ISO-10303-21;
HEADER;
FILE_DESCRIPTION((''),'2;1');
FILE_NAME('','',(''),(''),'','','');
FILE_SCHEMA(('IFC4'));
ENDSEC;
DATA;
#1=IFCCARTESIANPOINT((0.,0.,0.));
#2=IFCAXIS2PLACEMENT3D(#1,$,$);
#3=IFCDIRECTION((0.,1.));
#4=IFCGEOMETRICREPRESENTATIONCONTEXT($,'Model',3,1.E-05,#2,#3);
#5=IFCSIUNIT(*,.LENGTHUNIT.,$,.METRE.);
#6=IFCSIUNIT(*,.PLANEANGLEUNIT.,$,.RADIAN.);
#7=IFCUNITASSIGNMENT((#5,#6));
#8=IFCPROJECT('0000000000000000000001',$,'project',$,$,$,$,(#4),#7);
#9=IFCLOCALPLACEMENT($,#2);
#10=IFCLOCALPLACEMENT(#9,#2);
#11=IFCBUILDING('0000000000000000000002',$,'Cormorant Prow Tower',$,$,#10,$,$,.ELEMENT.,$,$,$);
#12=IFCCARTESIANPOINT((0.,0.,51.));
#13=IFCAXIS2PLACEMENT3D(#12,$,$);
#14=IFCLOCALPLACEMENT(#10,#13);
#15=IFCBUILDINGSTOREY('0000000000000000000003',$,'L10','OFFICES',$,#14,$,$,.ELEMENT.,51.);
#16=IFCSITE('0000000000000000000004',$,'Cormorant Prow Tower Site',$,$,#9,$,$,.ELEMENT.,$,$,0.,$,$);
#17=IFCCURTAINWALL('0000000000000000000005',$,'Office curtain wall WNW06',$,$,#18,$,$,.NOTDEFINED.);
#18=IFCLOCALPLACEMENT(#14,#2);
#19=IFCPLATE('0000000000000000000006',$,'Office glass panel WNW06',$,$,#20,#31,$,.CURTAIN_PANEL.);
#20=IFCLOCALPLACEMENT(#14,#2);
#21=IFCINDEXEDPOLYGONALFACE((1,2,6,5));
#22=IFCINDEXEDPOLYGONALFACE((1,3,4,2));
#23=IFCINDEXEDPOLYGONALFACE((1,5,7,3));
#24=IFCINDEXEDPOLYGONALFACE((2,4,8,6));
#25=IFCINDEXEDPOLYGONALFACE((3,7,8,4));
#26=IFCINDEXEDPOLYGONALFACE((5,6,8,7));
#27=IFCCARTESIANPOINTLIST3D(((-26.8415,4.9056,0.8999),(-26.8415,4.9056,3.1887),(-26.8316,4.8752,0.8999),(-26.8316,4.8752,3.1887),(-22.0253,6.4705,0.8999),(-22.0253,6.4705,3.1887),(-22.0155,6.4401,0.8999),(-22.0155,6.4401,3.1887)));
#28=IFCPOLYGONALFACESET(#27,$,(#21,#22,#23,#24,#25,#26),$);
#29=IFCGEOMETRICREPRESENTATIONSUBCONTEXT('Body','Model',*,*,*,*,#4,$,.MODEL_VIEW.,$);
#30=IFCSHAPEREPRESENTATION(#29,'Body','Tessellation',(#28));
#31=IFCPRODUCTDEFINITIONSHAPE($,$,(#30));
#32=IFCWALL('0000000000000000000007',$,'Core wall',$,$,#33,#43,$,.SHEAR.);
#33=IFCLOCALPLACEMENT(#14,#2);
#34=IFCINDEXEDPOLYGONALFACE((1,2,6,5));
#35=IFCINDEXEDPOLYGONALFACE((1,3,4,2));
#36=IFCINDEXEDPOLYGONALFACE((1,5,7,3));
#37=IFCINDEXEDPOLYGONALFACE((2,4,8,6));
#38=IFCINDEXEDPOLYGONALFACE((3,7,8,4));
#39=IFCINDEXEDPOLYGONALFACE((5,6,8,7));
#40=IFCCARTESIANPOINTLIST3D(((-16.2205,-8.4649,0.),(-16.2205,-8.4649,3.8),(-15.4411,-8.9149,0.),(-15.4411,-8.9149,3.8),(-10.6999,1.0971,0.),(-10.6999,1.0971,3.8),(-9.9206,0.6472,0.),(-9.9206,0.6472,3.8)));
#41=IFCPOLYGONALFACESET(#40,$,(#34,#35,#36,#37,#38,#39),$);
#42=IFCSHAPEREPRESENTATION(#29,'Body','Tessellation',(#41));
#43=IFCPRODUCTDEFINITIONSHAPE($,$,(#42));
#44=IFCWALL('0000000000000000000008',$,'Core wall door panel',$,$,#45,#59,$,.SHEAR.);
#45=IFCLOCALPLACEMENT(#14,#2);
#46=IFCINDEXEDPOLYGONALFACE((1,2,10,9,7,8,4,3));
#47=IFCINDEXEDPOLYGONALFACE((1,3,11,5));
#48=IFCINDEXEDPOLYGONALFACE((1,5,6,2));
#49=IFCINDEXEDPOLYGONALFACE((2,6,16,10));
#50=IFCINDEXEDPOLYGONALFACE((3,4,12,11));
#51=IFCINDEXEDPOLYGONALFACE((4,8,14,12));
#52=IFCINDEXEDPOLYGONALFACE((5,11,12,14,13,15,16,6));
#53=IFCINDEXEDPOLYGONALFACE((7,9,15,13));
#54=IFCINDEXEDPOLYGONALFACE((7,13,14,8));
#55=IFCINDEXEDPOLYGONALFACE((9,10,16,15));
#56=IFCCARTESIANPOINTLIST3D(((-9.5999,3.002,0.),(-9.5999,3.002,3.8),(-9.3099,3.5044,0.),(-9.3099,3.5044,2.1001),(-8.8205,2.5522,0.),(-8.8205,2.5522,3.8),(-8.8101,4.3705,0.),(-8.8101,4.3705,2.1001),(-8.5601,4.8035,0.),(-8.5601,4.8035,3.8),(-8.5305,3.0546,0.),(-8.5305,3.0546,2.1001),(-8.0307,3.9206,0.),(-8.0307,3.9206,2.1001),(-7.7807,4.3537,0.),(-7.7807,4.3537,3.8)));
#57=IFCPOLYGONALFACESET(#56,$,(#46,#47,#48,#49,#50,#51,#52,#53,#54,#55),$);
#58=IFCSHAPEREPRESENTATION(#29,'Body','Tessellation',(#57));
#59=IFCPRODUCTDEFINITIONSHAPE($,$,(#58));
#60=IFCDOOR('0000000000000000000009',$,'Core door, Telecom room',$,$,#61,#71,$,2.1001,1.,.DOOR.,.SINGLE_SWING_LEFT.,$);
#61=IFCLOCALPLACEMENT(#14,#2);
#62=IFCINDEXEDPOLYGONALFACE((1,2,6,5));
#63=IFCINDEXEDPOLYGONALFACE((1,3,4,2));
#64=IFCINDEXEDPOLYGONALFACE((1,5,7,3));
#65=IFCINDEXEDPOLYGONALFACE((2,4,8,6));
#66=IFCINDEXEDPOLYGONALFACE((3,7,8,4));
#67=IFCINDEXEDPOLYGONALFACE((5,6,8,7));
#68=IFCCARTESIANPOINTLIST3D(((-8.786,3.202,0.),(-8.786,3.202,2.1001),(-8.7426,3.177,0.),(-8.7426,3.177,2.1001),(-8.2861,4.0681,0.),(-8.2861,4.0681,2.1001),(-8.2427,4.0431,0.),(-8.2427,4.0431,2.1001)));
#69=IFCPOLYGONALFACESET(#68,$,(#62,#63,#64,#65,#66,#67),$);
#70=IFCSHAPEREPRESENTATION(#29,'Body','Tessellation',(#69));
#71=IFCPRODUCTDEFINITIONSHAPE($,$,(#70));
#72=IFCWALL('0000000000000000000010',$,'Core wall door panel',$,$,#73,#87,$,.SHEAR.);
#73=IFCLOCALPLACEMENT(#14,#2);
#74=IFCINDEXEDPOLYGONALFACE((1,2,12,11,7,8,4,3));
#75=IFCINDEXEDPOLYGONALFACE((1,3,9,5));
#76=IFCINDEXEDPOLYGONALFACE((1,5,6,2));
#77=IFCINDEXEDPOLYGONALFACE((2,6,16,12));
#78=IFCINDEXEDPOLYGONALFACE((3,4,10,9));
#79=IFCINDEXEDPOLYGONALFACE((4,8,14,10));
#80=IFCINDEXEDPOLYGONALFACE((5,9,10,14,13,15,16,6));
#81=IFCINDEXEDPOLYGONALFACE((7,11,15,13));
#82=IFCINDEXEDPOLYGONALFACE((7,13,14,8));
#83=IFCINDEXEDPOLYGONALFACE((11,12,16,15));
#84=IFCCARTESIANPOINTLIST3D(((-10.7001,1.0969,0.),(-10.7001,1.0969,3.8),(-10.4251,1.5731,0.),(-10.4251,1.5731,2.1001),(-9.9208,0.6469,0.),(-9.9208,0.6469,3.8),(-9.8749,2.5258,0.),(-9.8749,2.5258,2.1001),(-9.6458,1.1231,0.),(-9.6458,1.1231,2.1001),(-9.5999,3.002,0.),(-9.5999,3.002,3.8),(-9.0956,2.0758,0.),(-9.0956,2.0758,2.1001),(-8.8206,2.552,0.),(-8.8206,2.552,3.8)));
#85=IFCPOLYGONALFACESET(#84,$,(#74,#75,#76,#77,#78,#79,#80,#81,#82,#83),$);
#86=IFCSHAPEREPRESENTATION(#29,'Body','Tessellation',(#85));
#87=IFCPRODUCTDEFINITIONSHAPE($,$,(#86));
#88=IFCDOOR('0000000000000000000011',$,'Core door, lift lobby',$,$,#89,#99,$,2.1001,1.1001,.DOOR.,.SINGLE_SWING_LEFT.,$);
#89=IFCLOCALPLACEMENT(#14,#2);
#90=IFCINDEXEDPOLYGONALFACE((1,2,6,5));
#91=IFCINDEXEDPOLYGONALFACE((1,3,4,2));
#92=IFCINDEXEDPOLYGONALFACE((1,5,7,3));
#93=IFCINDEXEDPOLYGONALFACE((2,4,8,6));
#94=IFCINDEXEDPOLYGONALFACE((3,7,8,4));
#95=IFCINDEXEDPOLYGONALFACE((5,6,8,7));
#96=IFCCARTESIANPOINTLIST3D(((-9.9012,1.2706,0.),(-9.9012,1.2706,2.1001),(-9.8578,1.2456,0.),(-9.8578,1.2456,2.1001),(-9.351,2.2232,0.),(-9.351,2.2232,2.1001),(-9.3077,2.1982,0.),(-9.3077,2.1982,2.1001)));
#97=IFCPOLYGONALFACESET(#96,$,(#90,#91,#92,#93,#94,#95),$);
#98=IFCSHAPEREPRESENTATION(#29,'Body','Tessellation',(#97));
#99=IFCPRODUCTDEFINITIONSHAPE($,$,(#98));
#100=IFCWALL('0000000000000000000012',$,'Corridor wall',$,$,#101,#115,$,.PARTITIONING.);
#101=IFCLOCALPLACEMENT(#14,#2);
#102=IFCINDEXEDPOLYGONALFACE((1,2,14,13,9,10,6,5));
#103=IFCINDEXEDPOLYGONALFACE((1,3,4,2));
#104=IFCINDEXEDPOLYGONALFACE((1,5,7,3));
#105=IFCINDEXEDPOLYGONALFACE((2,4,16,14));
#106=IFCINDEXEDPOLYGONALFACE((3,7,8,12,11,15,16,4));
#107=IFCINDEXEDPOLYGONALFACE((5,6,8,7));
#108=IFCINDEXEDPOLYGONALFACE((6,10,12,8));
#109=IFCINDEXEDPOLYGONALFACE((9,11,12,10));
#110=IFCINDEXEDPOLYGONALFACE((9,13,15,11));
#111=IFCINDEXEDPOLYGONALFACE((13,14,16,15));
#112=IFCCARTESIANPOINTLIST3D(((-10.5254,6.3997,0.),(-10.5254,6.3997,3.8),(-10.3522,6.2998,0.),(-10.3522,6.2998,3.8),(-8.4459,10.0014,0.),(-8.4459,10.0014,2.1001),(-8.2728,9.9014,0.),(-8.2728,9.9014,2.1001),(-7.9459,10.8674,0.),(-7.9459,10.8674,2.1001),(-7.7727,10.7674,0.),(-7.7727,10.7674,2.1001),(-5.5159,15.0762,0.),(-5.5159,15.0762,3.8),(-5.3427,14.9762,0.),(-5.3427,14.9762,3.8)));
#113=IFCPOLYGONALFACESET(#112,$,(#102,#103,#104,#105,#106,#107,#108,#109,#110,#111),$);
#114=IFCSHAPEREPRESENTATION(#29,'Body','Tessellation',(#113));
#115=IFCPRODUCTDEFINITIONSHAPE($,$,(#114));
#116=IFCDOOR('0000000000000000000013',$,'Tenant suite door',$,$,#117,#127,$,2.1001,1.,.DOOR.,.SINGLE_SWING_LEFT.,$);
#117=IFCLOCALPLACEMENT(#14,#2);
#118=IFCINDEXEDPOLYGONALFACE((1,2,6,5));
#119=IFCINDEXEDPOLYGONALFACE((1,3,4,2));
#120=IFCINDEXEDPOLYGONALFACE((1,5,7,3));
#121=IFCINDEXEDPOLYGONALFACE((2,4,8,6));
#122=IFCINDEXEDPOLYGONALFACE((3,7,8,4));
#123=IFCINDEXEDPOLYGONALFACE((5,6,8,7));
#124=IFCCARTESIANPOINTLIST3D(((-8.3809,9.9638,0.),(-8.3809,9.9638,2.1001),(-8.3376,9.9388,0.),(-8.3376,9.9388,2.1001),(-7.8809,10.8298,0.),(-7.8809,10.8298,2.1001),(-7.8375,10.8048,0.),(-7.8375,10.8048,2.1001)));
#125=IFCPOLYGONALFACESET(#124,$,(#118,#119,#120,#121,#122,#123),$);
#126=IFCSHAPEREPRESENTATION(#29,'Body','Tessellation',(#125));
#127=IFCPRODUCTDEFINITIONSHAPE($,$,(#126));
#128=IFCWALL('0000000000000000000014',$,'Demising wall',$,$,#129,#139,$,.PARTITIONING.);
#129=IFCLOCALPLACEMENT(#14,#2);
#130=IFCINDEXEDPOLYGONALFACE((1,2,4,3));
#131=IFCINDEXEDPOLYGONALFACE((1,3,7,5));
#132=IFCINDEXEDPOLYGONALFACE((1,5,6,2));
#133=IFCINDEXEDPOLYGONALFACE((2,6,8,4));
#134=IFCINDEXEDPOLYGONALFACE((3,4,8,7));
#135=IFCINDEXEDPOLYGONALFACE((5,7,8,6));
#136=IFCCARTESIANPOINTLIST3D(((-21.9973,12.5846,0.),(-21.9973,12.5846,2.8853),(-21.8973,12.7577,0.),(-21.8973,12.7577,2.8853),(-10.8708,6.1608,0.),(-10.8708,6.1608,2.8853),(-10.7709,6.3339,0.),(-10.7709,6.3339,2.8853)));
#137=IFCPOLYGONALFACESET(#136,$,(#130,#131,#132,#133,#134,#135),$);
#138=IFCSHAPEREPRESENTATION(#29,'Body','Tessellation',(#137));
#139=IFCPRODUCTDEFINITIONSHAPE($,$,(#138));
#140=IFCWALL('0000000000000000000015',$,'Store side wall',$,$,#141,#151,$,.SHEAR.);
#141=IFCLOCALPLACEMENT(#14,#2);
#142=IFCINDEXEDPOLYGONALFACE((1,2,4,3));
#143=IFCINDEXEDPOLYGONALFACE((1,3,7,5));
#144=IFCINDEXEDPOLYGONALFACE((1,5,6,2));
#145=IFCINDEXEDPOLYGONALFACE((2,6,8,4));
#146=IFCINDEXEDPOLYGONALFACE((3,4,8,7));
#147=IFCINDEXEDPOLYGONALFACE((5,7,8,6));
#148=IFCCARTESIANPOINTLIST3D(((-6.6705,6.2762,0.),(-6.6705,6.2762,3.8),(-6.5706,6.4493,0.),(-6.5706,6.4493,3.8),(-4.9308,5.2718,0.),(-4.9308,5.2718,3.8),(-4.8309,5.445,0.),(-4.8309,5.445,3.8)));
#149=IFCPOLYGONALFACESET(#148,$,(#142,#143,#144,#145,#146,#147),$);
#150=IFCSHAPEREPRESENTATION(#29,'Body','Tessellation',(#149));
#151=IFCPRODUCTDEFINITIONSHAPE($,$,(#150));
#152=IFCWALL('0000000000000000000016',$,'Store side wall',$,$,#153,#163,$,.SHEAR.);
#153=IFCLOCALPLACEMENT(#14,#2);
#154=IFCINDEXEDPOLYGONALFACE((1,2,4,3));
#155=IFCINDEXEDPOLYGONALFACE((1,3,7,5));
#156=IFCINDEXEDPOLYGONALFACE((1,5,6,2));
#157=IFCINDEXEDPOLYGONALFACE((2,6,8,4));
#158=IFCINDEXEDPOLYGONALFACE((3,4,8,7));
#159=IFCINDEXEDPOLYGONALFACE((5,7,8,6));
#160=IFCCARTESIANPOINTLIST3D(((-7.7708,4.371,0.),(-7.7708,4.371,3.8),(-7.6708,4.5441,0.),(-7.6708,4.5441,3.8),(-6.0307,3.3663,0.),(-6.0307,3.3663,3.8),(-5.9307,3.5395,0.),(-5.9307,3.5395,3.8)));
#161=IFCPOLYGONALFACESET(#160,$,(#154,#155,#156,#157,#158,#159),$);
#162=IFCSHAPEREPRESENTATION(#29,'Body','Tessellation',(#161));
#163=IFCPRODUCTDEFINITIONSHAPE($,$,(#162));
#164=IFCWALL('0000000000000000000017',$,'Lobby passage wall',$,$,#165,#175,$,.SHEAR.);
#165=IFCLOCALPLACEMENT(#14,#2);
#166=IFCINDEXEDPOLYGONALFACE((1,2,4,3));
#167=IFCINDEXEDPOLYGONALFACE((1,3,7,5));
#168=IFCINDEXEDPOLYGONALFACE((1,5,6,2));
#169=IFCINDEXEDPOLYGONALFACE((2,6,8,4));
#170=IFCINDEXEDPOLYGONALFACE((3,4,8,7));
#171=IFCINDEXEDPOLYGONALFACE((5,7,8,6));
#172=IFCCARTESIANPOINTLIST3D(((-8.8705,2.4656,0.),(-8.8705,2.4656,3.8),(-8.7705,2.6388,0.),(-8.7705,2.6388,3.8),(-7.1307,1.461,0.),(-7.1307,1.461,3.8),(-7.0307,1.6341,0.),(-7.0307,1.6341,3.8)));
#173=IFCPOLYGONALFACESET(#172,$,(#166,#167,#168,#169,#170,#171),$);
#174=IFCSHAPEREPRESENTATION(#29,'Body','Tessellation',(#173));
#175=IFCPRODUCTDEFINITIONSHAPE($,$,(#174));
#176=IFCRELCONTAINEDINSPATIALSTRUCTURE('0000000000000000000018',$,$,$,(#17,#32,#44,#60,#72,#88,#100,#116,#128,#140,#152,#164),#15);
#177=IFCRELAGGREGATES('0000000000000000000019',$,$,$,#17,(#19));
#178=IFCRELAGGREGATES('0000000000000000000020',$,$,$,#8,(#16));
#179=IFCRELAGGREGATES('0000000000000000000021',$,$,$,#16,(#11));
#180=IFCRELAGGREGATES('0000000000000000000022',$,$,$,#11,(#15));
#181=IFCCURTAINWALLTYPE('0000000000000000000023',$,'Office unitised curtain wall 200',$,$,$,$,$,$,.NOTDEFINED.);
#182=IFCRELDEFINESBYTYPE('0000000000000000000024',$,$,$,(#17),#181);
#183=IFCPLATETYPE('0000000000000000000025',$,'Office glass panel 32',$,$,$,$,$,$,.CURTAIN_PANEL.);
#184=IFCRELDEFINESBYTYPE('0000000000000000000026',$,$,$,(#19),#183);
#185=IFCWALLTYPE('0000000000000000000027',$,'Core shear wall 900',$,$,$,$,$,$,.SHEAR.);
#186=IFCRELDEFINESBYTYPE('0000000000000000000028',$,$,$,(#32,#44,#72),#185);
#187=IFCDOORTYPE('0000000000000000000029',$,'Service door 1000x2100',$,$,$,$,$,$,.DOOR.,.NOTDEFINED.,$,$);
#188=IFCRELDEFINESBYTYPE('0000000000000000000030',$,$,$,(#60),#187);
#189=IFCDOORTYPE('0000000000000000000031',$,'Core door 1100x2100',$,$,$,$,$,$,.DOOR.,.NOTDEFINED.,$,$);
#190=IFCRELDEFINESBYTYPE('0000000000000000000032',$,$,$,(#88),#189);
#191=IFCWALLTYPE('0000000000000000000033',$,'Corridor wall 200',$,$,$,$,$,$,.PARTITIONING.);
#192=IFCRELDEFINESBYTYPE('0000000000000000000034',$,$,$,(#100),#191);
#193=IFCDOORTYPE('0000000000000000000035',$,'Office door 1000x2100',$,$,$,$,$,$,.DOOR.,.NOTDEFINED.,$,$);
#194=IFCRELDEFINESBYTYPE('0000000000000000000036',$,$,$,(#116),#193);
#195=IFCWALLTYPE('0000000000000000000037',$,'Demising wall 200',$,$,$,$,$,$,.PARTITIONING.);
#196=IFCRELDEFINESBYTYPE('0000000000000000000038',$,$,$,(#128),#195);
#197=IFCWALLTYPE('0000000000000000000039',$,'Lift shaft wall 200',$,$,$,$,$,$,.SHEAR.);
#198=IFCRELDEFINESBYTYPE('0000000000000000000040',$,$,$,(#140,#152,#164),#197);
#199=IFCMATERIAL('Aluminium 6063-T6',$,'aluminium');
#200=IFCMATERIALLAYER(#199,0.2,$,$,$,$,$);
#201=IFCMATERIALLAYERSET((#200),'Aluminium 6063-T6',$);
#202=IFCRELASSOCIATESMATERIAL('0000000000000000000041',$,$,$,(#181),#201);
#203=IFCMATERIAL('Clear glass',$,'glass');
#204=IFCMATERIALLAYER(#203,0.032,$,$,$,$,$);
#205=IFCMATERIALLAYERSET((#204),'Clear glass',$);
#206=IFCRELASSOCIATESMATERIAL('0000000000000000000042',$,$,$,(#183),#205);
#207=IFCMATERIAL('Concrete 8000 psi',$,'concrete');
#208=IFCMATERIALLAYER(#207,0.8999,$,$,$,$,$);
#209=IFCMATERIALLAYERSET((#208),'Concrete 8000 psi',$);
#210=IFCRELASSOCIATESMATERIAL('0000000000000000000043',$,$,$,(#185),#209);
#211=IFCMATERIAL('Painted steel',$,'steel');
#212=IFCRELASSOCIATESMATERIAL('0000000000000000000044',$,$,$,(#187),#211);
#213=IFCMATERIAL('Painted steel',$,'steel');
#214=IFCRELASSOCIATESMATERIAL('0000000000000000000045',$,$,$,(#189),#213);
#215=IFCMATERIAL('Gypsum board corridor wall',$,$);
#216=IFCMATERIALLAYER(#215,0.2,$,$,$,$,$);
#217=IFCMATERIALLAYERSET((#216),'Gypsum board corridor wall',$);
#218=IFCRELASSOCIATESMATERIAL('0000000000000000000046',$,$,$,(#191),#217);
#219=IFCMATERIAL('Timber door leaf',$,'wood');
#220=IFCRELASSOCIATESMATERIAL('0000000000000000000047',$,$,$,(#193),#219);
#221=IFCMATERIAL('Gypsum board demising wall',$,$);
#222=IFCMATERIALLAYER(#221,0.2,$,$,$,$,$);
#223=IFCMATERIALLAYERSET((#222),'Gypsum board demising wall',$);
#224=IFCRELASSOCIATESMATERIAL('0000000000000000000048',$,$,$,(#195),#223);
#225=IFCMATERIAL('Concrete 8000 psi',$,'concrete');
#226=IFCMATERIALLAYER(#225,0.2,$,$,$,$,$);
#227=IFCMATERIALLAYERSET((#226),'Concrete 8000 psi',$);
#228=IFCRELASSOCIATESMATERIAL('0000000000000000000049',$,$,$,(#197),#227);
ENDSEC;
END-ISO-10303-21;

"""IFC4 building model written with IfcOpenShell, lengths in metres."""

from ifc_helpers import new_model, si_unit, direction, frame, frame_2d, origin, origin_2d, place, context, subcontext, project, spatial, rectangle, extrude, material, layer, layer_set, type_object, element, fill, aggregate, save


model = new_model("IFC4")

# Units and contexts
model_context = context("Model", 3, precision=1e-05, world=origin(), true_north=direction((0.0, 1.0)))
body_context = subcontext(model_context, "Body", "Model", "MODEL_VIEW")
ifc_project = project(units=[si_unit("LENGTHUNIT", "METRE"), si_unit("PLANEANGLEUNIT", "RADIAN")], contexts=[model_context])

# Site, building, storey
site_placement = place(None, origin())
site = spatial("IfcSite", under=ifc_project, at=site_placement, Name="Cormorant Prow Tower Site", CompositionType="ELEMENT", RefElevation=0.0)
building_placement = place(site_placement, origin())
building = spatial("IfcBuilding", under=site, at=building_placement, Name="Cormorant Prow Tower", CompositionType="ELEMENT")
storey_placement = place(building_placement, frame((0.0, 0.0, 51.0)))
storey = spatial("IfcBuildingStorey", under=building, at=storey_placement, Name="L10", Description="OFFICES", CompositionType="ELEMENT", Elevation=51.0)

# Curtain wall
ifc_material_1 = material(Name="Aluminium 6063-T6", Category="aluminium")
ifc_layer_1 = layer(ifc_material_1, 0.2)
ifc_layer_set_1 = layer_set([ifc_layer_1], Name="Aluminium 6063-T6")
curtain_wall_type = type_object("IfcCurtainWallType", Name="Office unitised curtain wall 200", PredefinedType="NOTDEFINED", material=ifc_layer_set_1)
curtain_wall_placement = place(storey_placement, origin())
curtain_wall = element("IfcCurtainWall", 1, at=curtain_wall_placement, inside=storey, type_object=curtain_wall_type, Name="Office curtain wall WNW06", PredefinedType="NOTDEFINED")

# Plate
ifc_material_2 = material(Name="Clear glass", Category="glass")
ifc_layer_2 = layer(ifc_material_2, 0.032)
ifc_layer_set_2 = layer_set([ifc_layer_2], Name="Clear glass")
plate_type = type_object("IfcPlateType", Name="Office glass panel 32", PredefinedType="CURTAIN_PANEL", material=ifc_layer_set_2)
plate_placement = place(storey_placement, frame((-24.4285, 5.6729, 0.8999), z_axis=(0.0, 0.0, 1.0), x_axis=(-0.951057, -0.309017, 0.0)))
plate = element("IfcPlate", 2, at=plate_placement, type_object=plate_type, Name="Office glass panel WNW06", PredefinedType="CURTAIN_PANEL", context=body_context, shape_type="SweptSolid", body=[
    extrude(rectangle(XDim=5.064, YDim=0.032, at=origin_2d()), origin(), (0.0, 0.0, 1.0), 2.2888),
])
aggregate(curtain_wall, [plate])

# Wall
ifc_material_3 = material(Name="Concrete 8000 psi", Category="concrete")
ifc_layer_3 = layer(ifc_material_3, 0.8999)
ifc_layer_set_3 = layer_set([ifc_layer_3], Name="Concrete 8000 psi")
wall_type_1 = type_object("IfcWallType", Name="Core shear wall 900", PredefinedType="SHEAR", material=ifc_layer_set_3)
wall_1_placement = place(storey_placement, frame((-10.3103, 0.8721, 0.0), z_axis=(0.0, 0.0, 1.0), x_axis=(-0.499992, -0.86603, 0.0)))
element("IfcWall", 3, at=wall_1_placement, inside=storey, type_object=wall_type_1, Name="Core wall", PredefinedType="SHEAR", context=body_context, shape_type="SweptSolid", body=[
    extrude(rectangle(XDim=11.0413, YDim=0.8999, at=frame_2d((5.5205, 0.0))), origin(), (0.0, 0.0, 1.0), 3.8),
])

# Walls, openings, doors
wall_2_placement = place(storey_placement, frame((-8.1704, 4.5786, 0.0), z_axis=(0.0, 0.0, 1.0), x_axis=(-0.499888, -0.86609, 0.0)))
wall_2 = element("IfcWall", 4, at=wall_2_placement, inside=storey, type_object=wall_type_1, Name="Core wall door panel", PredefinedType="SHEAR", context=body_context, shape_type="SweptSolid", body=[
    extrude(rectangle(XDim=2.0801, YDim=0.8999, at=frame_2d((1.04, 0.0))), origin(), (0.0, 0.0, 1.0), 3.8),
])
opening_1_placement = place(wall_2_placement, frame((0.5, 0.0, 0.0)))
opening_1 = element("IfcOpeningElement", 5, at=opening_1_placement, cuts=wall_2, PredefinedType="OPENING", context=body_context, shape_type="SweptSolid", body=[
    extrude(rectangle(XDim=1.0, YDim=2.1001, at=frame_2d((0.5, 1.05))), frame((0.0, 0.46, 0.0), z_axis=(0.0, -1.0, 0.0), x_axis=(1.0, 0.0, 0.0)), (0.0, 0.0, 1.0), 0.9199),
])
ifc_material_4 = material(Name="Painted steel", Category="steel")
door_type_1 = type_object("IfcDoorType", Name="Service door 1000x2100", OperationType="NOTDEFINED", PredefinedType="DOOR", material=ifc_material_4)
door_1_placement = place(opening_1_placement, origin())
door_1 = element("IfcDoor", 6, at=door_1_placement, inside=storey, type_object=door_type_1, Name="Core door, Telecom room", OperationType="SINGLE_SWING_LEFT", OverallHeight=2.1001, OverallWidth=1.0, PredefinedType="DOOR", context=body_context, shape_type="SweptSolid", body=[
    extrude(rectangle(XDim=1.0, YDim=2.1001, at=frame_2d((0.5, 1.05))), frame((0.0, 0.2051, 0.0), z_axis=(0.0, -1.0, 0.0), x_axis=(1.0, 0.0, 0.0)), (0.0, 0.0, 1.0), 0.05),
])
fill(opening_1, door_1)
wall_3_placement = place(storey_placement, frame((-9.2102, 2.7771, 0.0), z_axis=(0.0, 0.0, 1.0), x_axis=(-0.500078, -0.86598, 0.0)))
wall_3 = element("IfcWall", 7, at=wall_3_placement, inside=storey, type_object=wall_type_1, Name="Core wall door panel", PredefinedType="SHEAR", context=body_context, shape_type="SweptSolid", body=[
    extrude(rectangle(XDim=2.2, YDim=0.8999, at=frame_2d((1.1001, 0.0))), origin(), (0.0, 0.0, 1.0), 3.8),
])
opening_2_placement = place(wall_3_placement, frame((0.55, 0.0, 0.0)))
opening_2 = element("IfcOpeningElement", 8, at=opening_2_placement, cuts=wall_3, PredefinedType="OPENING", context=body_context, shape_type="SweptSolid", body=[
    extrude(rectangle(XDim=1.1001, YDim=2.1001, at=frame_2d((0.55, 1.05))), frame((0.0, 0.46, 0.0), z_axis=(0.0, -1.0, 0.0), x_axis=(1.0, 0.0, 0.0)), (0.0, 0.0, 1.0), 0.9199),
])
ifc_material_5 = material(Name="Painted steel", Category="steel")
door_type_2 = type_object("IfcDoorType", Name="Core door 1100x2100", OperationType="NOTDEFINED", PredefinedType="DOOR", material=ifc_material_5)
door_2_placement = place(opening_2_placement, origin())
door_2 = element("IfcDoor", 9, at=door_2_placement, inside=storey, type_object=door_type_2, Name="Core door, lift lobby", OperationType="SINGLE_SWING_LEFT", OverallHeight=2.1001, OverallWidth=1.1001, PredefinedType="DOOR", context=body_context, shape_type="SweptSolid", body=[
    extrude(rectangle(XDim=1.1001, YDim=2.1001, at=frame_2d((0.55, 1.05))), frame((0.0, 0.2051, 0.0), z_axis=(0.0, -1.0, 0.0), x_axis=(1.0, 0.0, 0.0)), (0.0, 0.0, 1.0), 0.05),
])
fill(opening_2, door_2)
ifc_material_6 = material(Name="Gypsum board corridor wall")
ifc_layer_4 = layer(ifc_material_6, 0.2)
ifc_layer_set_4 = layer_set([ifc_layer_4], Name="Gypsum board corridor wall")
wall_type_2 = type_object("IfcWallType", Name="Corridor wall 200", PredefinedType="PARTITIONING", material=ifc_layer_set_4)
wall_4_placement = place(storey_placement, frame((-10.4387, 6.3499, 0.0), z_axis=(0.0, 0.0, 1.0), x_axis=(0.50001, 0.86602, 0.0)))
wall_4 = element("IfcWall", 10, at=wall_4_placement, inside=storey, type_object=wall_type_2, Name="Corridor wall", PredefinedType="PARTITIONING", context=body_context, shape_type="SweptSolid", body=[
    extrude(rectangle(XDim=10.0188, YDim=0.2, at=frame_2d((5.0093, 0.0))), origin(), (0.0, 0.0, 1.0), 3.8),
])
opening_3_placement = place(wall_4_placement, frame((4.1587, 0.0, 0.0)))
opening_3 = element("IfcOpeningElement", 11, at=opening_3_placement, cuts=wall_4, PredefinedType="OPENING", context=body_context, shape_type="SweptSolid", body=[
    extrude(rectangle(XDim=1.0, YDim=2.1001, at=frame_2d((0.5, 1.05))), frame((0.0, 0.1099, 0.0), z_axis=(0.0, -1.0, 0.0), x_axis=(1.0, 0.0, 0.0)), (0.0, 0.0, 1.0), 0.22),
])
ifc_material_7 = material(Name="Timber door leaf", Category="wood")
door_type_3 = type_object("IfcDoorType", Name="Office door 1000x2100", OperationType="NOTDEFINED", PredefinedType="DOOR", material=ifc_material_7)
door_3_placement = place(opening_3_placement, origin())
door_3 = element("IfcDoor", 12, at=door_3_placement, inside=storey, type_object=door_type_3, Name="Tenant suite door", OperationType="SINGLE_SWING_LEFT", OverallHeight=2.1001, OverallWidth=1.0, PredefinedType="DOOR", context=body_context, shape_type="SweptSolid", body=[
    extrude(rectangle(XDim=1.0, YDim=2.1001, at=frame_2d((0.5, 1.05))), frame((0.0, 0.0249, 0.0), z_axis=(0.0, -1.0, 0.0), x_axis=(1.0, 0.0, 0.0)), (0.0, 0.0, 1.0), 0.05),
])
fill(opening_3, door_3)

# Walls
ifc_material_8 = material(Name="Gypsum board demising wall")
ifc_layer_5 = layer(ifc_material_8, 0.2)
ifc_layer_set_5 = layer_set([ifc_layer_5], Name="Gypsum board demising wall")
wall_type_3 = type_object("IfcWallType", Name="Demising wall 200", PredefinedType="PARTITIONING", material=ifc_layer_set_5)
wall_5_placement = place(storey_placement, frame((-21.9473, 12.6711, 0.0), z_axis=(0.0, 0.0, 1.0), x_axis=(0.866027, -0.499998, 0.0)))
element("IfcWall", 13, at=wall_5_placement, inside=storey, type_object=wall_type_3, Name="Demising wall", PredefinedType="PARTITIONING", context=body_context, shape_type="SweptSolid", body=[
    extrude(rectangle(XDim=12.8477, YDim=0.2, at=frame_2d((6.4238, 0.0))), origin(), (0.0, 0.0, 1.0), 2.8853),
])
ifc_material_9 = material(Name="Concrete 8000 psi", Category="concrete")
ifc_layer_6 = layer(ifc_material_9, 0.2)
ifc_layer_set_6 = layer_set([ifc_layer_6], Name="Concrete 8000 psi")
wall_type_4 = type_object("IfcWallType", Name="Lift shaft wall 200", PredefinedType="SHEAR", material=ifc_layer_set_6)
wall_6_placement = place(storey_placement, frame((-4.8809, 5.3584, 0.0), z_axis=(0.0, 0.0, 1.0), x_axis=(-0.866036, 0.499982, 0.0)))
element("IfcWall", 14, at=wall_6_placement, inside=storey, type_object=wall_type_4, Name="Store side wall", PredefinedType="SHEAR", context=body_context, shape_type="SweptSolid", body=[
    extrude(rectangle(XDim=2.0088, YDim=0.2, at=frame_2d((1.0044, 0.0))), origin(), (0.0, 0.0, 1.0), 3.8),
])
wall_7_placement = place(storey_placement, frame((-5.9807, 3.4529, 0.0), z_axis=(0.0, 0.0, 1.0), x_axis=(-0.866014, 0.50002, 0.0)))
element("IfcWall", 15, at=wall_7_placement, inside=storey, type_object=wall_type_4, Name="Store side wall", PredefinedType="SHEAR", context=body_context, shape_type="SweptSolid", body=[
    extrude(rectangle(XDim=2.0093, YDim=0.2, at=frame_2d((1.0046, 0.0))), origin(), (0.0, 0.0, 1.0), 3.8),
])
wall_8_placement = place(storey_placement, frame((-7.0808, 1.5476, 0.0), z_axis=(0.0, 0.0, 1.0), x_axis=(-0.865983, 0.500073, 0.0)))
element("IfcWall", 16, at=wall_8_placement, inside=storey, type_object=wall_type_4, Name="Lobby passage wall", PredefinedType="SHEAR", context=body_context, shape_type="SweptSolid", body=[
    extrude(rectangle(XDim=2.009, YDim=0.2, at=frame_2d((1.0044, 0.0))), origin(), (0.0, 0.0, 1.0), 3.8),
])

save(model, "model.ifc")
